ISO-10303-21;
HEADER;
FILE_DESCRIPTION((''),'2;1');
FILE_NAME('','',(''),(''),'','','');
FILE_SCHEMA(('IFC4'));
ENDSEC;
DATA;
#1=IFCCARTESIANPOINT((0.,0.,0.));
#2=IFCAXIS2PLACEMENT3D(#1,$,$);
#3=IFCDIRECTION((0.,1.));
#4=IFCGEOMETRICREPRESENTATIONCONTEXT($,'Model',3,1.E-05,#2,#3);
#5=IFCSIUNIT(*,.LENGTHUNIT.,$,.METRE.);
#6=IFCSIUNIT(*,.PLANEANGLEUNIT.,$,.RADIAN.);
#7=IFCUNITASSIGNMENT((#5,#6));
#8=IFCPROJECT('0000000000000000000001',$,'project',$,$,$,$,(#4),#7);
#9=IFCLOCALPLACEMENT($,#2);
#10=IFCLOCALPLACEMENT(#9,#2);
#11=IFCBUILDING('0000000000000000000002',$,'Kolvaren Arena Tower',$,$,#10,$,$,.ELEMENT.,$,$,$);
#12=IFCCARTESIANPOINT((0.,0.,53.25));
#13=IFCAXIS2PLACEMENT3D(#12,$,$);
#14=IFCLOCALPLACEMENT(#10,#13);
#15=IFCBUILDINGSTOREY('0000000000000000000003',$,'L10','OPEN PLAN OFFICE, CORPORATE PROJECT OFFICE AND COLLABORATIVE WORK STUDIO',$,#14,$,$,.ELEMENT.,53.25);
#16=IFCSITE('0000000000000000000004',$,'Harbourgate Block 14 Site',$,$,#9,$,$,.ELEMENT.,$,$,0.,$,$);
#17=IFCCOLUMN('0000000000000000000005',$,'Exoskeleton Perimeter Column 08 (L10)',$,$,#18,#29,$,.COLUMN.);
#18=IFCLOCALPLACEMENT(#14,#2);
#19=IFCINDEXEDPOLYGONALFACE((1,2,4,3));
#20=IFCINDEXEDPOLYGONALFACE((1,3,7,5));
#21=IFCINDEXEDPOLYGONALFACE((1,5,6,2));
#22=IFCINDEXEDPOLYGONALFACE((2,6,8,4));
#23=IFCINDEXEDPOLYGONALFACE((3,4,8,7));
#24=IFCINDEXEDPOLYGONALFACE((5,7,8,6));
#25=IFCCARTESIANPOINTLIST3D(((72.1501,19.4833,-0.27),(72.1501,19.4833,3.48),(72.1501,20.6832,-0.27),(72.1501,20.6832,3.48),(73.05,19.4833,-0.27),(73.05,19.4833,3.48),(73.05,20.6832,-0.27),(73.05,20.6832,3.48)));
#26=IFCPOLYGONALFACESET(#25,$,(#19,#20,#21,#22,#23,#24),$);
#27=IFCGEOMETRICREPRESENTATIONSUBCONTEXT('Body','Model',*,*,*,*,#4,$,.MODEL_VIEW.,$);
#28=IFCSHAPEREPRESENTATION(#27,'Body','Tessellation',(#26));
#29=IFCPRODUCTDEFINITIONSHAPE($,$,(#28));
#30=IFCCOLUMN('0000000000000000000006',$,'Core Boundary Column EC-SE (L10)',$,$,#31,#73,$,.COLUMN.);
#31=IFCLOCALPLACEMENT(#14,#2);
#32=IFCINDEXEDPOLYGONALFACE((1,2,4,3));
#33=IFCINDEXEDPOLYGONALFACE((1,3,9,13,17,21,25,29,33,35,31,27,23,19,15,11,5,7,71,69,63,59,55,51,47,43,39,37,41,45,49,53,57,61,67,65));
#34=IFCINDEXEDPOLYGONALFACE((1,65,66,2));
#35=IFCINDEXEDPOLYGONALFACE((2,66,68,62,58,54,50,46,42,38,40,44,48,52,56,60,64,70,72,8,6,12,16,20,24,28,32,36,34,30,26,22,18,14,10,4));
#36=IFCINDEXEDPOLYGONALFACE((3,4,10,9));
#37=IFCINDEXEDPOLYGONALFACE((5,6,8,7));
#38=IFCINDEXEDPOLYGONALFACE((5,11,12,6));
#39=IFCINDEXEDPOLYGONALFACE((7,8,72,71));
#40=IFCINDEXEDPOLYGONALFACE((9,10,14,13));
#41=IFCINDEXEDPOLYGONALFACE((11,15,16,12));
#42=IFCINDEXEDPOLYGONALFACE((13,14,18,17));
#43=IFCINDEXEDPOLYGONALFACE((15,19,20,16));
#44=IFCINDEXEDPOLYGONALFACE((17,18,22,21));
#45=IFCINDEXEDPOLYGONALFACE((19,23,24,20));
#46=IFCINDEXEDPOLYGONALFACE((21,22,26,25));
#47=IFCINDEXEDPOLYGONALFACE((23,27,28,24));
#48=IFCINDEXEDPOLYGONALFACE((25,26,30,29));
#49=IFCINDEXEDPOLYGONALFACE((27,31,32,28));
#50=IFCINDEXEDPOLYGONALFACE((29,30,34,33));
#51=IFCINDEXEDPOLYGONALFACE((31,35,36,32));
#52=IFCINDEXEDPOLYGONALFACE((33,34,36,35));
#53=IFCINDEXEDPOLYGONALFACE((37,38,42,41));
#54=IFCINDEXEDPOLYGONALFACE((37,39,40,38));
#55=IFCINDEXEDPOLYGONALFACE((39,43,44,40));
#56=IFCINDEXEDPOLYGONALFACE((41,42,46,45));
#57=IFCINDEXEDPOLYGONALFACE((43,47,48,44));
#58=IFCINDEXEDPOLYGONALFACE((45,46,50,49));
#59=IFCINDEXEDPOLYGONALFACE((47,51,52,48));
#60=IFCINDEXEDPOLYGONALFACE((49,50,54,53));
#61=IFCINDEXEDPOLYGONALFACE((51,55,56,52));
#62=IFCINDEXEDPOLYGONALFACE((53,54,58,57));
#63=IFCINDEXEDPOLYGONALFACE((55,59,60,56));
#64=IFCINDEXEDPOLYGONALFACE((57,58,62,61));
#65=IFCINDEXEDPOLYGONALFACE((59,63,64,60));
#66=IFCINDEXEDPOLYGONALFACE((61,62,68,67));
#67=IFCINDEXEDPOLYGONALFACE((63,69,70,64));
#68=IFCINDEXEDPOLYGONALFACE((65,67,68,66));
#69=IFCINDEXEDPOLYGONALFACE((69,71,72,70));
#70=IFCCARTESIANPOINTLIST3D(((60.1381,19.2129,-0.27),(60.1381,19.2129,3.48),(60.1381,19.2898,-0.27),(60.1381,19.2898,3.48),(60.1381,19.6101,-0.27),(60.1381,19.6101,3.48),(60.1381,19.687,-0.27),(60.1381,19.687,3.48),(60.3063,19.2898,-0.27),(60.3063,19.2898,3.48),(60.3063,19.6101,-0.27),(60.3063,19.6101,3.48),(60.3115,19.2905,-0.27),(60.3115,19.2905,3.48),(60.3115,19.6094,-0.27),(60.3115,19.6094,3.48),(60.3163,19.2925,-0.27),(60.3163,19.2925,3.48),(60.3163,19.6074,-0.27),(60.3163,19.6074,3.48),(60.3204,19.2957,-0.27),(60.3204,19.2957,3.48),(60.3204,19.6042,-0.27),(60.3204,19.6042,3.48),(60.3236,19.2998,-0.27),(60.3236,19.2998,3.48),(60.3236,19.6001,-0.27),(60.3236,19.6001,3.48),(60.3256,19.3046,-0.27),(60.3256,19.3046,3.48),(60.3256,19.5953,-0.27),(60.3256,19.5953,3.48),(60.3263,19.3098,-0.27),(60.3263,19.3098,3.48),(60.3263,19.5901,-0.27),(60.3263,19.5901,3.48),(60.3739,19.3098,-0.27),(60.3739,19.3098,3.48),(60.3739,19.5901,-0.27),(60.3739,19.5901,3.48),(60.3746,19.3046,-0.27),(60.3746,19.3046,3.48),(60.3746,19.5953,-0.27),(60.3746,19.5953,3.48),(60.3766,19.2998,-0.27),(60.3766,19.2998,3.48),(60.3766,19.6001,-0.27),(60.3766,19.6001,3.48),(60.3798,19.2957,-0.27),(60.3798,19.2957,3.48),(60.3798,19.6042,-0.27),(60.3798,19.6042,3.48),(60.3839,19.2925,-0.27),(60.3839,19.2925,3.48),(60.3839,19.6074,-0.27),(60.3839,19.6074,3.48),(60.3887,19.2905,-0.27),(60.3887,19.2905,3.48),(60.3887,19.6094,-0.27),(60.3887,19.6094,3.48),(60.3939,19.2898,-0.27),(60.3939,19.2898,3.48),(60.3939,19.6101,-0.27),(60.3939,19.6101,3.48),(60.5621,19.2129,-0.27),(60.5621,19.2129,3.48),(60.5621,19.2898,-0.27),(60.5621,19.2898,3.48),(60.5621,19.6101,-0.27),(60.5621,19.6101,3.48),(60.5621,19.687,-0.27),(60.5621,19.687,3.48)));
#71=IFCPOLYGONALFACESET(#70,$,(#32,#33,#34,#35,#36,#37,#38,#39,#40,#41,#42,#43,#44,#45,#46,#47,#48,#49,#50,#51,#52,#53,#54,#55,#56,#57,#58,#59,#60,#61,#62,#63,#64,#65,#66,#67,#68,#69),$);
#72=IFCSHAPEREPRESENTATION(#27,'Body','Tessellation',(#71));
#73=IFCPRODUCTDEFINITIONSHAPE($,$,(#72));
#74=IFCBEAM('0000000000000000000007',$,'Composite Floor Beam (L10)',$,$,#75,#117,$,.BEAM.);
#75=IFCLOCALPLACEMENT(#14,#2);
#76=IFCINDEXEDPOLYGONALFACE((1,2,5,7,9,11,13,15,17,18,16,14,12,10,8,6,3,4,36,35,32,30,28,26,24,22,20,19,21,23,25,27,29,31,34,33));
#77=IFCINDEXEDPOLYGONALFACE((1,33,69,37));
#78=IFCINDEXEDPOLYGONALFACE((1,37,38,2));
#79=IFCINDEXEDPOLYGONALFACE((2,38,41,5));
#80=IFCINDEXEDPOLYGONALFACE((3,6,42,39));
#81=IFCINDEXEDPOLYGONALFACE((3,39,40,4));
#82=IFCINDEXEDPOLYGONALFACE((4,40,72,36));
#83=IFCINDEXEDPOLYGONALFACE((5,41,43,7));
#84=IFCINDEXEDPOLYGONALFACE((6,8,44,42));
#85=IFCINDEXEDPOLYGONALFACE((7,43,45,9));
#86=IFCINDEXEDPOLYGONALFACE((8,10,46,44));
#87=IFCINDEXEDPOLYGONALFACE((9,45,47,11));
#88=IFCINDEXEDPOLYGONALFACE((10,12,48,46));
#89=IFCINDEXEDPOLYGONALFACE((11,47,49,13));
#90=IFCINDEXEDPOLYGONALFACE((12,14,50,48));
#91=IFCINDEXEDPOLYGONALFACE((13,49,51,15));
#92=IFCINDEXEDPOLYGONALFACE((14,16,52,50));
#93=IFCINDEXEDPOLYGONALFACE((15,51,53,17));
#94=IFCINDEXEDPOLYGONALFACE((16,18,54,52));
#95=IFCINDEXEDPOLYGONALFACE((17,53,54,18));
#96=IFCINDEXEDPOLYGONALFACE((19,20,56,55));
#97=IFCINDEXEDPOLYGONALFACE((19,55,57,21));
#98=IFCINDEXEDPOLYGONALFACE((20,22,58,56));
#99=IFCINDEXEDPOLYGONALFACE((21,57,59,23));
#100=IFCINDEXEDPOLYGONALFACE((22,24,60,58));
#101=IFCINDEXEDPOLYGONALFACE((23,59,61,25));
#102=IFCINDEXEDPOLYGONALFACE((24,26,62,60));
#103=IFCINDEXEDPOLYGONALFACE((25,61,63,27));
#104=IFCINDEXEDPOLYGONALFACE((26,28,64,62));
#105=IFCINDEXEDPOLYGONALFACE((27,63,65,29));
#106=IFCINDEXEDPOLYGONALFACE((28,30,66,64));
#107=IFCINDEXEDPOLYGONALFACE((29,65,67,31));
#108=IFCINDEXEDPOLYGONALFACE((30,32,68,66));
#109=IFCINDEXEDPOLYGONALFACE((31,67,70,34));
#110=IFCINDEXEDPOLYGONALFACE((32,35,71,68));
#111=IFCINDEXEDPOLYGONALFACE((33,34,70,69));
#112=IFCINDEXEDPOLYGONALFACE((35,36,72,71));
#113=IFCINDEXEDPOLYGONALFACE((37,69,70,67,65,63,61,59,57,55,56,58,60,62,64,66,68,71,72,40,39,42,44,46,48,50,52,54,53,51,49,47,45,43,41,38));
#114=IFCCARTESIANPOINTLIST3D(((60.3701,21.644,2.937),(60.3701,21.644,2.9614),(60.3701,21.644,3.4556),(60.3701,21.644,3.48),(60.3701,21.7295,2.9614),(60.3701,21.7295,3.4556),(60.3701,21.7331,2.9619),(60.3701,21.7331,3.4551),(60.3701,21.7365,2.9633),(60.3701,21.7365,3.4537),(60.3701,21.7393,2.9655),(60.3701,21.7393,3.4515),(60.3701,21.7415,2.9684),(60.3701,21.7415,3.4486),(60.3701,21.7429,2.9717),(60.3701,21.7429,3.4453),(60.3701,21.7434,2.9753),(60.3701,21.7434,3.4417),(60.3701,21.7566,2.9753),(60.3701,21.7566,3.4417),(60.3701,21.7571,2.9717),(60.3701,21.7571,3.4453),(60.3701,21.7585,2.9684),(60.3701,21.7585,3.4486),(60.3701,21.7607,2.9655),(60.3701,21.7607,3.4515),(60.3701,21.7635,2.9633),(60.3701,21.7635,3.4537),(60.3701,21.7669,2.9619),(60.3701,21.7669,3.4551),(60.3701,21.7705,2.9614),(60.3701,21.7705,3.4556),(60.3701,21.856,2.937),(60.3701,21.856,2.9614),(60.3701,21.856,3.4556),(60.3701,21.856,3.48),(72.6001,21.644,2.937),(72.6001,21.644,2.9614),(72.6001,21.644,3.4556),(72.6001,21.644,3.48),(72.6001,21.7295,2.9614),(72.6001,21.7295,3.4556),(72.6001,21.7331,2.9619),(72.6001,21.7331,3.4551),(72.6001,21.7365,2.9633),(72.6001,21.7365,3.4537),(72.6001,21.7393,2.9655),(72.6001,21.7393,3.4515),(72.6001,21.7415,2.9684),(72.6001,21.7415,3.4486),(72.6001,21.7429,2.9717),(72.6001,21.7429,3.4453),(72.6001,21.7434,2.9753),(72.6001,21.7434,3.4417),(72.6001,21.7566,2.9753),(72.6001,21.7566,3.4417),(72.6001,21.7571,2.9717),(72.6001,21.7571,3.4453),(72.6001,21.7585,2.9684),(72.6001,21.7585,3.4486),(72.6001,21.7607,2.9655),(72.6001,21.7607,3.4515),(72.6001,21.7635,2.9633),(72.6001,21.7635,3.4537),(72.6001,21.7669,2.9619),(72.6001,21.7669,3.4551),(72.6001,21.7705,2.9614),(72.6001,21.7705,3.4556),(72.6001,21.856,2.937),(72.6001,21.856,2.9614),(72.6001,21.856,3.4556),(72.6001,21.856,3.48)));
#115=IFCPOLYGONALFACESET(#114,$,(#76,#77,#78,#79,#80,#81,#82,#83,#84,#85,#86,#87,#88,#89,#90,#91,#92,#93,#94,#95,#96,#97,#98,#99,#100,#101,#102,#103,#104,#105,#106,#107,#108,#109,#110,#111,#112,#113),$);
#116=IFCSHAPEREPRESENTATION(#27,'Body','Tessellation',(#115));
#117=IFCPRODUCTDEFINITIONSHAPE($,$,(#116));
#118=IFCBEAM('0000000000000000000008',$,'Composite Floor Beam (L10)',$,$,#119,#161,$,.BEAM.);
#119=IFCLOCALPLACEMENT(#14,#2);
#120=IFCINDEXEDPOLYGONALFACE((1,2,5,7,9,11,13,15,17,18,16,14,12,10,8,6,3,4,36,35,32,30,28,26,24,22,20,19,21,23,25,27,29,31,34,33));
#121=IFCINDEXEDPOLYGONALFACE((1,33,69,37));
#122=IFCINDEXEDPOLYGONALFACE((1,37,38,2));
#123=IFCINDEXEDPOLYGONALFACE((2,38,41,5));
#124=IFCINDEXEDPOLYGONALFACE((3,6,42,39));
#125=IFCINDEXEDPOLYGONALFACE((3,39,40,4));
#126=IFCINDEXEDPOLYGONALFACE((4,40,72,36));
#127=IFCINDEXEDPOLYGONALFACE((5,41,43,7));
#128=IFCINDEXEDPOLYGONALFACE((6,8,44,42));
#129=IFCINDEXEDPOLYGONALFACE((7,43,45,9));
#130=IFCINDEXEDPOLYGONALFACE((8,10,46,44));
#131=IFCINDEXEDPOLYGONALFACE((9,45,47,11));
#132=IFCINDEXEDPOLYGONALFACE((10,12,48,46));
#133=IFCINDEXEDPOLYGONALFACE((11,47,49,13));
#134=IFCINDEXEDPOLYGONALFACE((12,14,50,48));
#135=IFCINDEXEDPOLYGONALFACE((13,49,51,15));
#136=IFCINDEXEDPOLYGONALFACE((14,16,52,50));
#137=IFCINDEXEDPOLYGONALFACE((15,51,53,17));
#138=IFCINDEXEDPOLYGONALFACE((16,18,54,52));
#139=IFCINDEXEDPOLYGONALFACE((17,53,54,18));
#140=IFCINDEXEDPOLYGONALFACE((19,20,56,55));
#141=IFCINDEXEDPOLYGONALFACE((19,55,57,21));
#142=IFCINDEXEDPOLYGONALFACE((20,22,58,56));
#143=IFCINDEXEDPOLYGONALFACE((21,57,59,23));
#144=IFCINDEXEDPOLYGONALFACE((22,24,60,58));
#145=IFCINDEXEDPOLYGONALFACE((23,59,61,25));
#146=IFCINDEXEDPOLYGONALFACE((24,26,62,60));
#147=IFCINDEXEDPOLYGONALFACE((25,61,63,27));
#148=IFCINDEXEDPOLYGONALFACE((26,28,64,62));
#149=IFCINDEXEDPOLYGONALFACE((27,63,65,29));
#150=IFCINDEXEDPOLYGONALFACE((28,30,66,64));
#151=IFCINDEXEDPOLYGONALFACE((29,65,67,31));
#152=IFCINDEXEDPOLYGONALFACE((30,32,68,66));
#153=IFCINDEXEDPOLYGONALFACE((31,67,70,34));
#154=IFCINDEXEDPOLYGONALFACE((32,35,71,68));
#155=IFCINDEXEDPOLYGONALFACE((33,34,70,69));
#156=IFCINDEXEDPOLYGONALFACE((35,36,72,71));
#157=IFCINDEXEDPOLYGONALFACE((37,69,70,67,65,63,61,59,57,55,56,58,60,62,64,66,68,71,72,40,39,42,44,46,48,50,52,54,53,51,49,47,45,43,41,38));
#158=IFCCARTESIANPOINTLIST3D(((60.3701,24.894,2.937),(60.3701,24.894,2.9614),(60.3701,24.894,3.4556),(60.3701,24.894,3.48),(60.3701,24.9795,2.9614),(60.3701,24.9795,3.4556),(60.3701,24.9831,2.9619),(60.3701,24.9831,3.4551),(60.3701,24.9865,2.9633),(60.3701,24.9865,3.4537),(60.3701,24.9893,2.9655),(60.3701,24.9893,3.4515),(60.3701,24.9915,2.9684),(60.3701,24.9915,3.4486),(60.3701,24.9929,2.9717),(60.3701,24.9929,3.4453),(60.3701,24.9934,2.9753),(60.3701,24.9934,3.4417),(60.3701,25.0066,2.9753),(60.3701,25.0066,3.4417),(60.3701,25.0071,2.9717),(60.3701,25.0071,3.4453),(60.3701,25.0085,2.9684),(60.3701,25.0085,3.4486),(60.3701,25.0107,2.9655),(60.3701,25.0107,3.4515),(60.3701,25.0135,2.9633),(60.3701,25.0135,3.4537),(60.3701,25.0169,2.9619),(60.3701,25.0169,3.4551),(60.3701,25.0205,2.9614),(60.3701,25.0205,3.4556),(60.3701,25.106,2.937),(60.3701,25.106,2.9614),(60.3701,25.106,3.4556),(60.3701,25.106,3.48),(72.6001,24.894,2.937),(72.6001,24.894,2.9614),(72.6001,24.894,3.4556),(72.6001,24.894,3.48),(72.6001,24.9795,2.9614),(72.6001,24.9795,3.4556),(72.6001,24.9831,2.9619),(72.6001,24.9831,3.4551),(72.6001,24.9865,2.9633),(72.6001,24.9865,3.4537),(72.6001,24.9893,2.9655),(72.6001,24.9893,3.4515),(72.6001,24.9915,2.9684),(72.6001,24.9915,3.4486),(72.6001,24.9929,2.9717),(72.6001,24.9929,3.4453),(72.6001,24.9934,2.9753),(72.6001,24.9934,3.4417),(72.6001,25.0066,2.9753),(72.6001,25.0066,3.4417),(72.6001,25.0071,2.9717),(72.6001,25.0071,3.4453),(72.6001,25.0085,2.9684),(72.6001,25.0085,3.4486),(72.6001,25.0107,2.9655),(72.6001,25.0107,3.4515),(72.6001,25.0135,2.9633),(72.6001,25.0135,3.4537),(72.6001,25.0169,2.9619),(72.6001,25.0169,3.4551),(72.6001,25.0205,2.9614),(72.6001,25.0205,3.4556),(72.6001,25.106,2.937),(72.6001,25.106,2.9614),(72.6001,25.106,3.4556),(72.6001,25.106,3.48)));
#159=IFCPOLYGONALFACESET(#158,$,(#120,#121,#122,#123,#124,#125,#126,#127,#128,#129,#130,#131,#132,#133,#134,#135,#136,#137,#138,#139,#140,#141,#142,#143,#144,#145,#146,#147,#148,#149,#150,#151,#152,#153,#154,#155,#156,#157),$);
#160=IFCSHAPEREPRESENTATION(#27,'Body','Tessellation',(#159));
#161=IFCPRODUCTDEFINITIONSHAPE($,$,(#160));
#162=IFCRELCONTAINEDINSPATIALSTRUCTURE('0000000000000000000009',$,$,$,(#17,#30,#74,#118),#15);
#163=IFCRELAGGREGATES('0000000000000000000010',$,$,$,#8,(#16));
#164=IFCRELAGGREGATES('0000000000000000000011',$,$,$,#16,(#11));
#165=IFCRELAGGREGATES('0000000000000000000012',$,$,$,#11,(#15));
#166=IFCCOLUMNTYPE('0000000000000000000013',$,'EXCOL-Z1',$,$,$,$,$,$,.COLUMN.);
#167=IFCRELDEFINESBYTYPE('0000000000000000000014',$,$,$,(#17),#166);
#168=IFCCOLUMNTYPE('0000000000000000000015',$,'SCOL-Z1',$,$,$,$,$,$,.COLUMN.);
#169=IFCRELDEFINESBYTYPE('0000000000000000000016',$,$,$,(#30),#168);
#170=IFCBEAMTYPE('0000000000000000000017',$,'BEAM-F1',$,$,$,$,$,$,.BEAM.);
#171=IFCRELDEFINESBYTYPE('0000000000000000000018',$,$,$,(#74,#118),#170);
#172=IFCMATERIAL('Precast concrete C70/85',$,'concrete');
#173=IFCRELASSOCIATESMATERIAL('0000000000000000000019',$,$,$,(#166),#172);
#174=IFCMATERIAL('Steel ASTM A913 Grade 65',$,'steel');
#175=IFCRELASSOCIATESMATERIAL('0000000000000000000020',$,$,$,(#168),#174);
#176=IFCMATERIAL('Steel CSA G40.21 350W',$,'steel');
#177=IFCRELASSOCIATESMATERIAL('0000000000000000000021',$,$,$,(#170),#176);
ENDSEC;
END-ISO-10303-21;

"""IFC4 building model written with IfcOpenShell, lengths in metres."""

from ifc_helpers import new_model, si_unit, direction, frame, origin, origin_2d, place, context, subcontext, project, spatial, rectangle, i_section, extrude, material, material_profile, profile_set, type_object, element, save


model = new_model("IFC4")

# Units and contexts
model_context = context("Model", 3, precision=1e-05, world=origin(), true_north=direction((0.0, 1.0)))
body_context = subcontext(model_context, "Body", "Model", "MODEL_VIEW")
ifc_project = project(units=[si_unit("LENGTHUNIT", "METRE"), si_unit("PLANEANGLEUNIT", "RADIAN")], contexts=[model_context])

# Site, building, storey
site_placement = place(None, origin())
site = spatial("IfcSite", under=ifc_project, at=site_placement, Name="Harbourgate Block 14 Site", CompositionType="ELEMENT", RefElevation=0.0)
building_placement = place(site_placement, origin())
building = spatial("IfcBuilding", under=site, at=building_placement, Name="Kolvaren Arena Tower", CompositionType="ELEMENT")
storey_placement = place(building_placement, frame((0.0, 0.0, 53.25)))
storey = spatial("IfcBuildingStorey", under=building, at=storey_placement, Name="L10", Description="OPEN PLAN OFFICE, CORPORATE PROJECT OFFICE AND COLLABORATIVE WORK STUDIO", CompositionType="ELEMENT", Elevation=53.25)

# Columns
ifc_material_1 = material(Name="Precast concrete C70/85", Category="concrete")
ifc_material_profile_1 = material_profile(ifc_material_1, rectangle(XDim=1.2, YDim=0.8999, at=origin_2d()), Name="RC-1200x900")
ifc_profile_set_1 = profile_set([ifc_material_profile_1], Name="Precast concrete C70/85")
column_type_1 = type_object("IfcColumnType", Name="EXCOL-Z1", PredefinedType="COLUMN", material=ifc_profile_set_1)
column_1_placement = place(storey_placement, frame((72.6001, 20.0833, -0.27), z_axis=(0.0, 0.0, 1.0), x_axis=(0.0, 1.0, 0.0)))
element("IfcColumn", 1, at=column_1_placement, inside=storey, type_object=column_type_1, Name="Exoskeleton Perimeter Column 08 (L10)", PredefinedType="COLUMN", context=body_context, shape_type="SweptSolid", body=[
    extrude(rectangle(XDim=1.2, YDim=0.8999, at=origin_2d()), origin(), (0.0, 0.0, 1.0), 3.75),
])
ifc_material_2 = material(Name="Steel ASTM A913 Grade 65", Category="steel")
ifc_material_profile_2 = material_profile(ifc_material_2, i_section(OverallWidth=0.4241, OverallDepth=0.4741, WebThickness=0.0476, FlangeThickness=0.0769, FilletRadius=0.02, at=origin_2d()), Name="W360x634")
ifc_profile_set_2 = profile_set([ifc_material_profile_2], Name="Steel ASTM A913 Grade 65")
column_type_2 = type_object("IfcColumnType", Name="SCOL-Z1", PredefinedType="COLUMN", material=ifc_profile_set_2)
column_2_placement = place(storey_placement, frame((60.3501, 19.45, -0.27), z_axis=(0.0, 0.0, 1.0), x_axis=(1.0, 0.0, 0.0)))
element("IfcColumn", 2, at=column_2_placement, inside=storey, type_object=column_type_2, Name="Core Boundary Column EC-SE (L10)", PredefinedType="COLUMN", context=body_context, shape_type="SweptSolid", body=[
    extrude(i_section(OverallWidth=0.4241, OverallDepth=0.4741, WebThickness=0.0476, FlangeThickness=0.0769, FilletRadius=0.02, at=origin_2d()), origin(), (0.0, 0.0, 1.0), 3.75),
])

# Beams
ifc_material_3 = material(Name="Steel CSA G40.21 350W", Category="steel")
ifc_material_profile_3 = material_profile(ifc_material_3, i_section(OverallWidth=0.2119, OverallDepth=0.543, WebThickness=0.0132, FlangeThickness=0.0244, FilletRadius=0.0139, at=origin_2d()), Name="W530x150")
ifc_profile_set_3 = profile_set([ifc_material_profile_3], Name="Steel CSA G40.21 350W")
beam_type_1 = type_object("IfcBeamType", Name="BEAM-F1", PredefinedType="BEAM", material=ifc_profile_set_3)
for number, where, z_axis, x_axis, name in (
    (3, (60.3701, 21.75, 3.2085), (1.0, 0.0, 0.0), (0.0, 1.0, 0.0), "Composite Floor Beam (L10)"),
    (4, (60.3701, 25.0, 3.2085), (1.0, 0.0, 0.0), (0.0, 1.0, 0.0), "Composite Floor Beam (L10)"),
):
    element("IfcBeam", number, at=place(storey_placement, frame(where, z_axis=z_axis, x_axis=x_axis)), inside=storey, type_object=beam_type_1, Name=name, PredefinedType="BEAM", context=body_context, shape_type="SweptSolid", body=[
        extrude(i_section(OverallWidth=0.2119, OverallDepth=0.543, WebThickness=0.0132, FlangeThickness=0.0244, FilletRadius=0.0139, at=origin_2d()), origin(), (0.0, 0.0, 1.0), 12.23),
    ])

save(model, "model.ifc")
